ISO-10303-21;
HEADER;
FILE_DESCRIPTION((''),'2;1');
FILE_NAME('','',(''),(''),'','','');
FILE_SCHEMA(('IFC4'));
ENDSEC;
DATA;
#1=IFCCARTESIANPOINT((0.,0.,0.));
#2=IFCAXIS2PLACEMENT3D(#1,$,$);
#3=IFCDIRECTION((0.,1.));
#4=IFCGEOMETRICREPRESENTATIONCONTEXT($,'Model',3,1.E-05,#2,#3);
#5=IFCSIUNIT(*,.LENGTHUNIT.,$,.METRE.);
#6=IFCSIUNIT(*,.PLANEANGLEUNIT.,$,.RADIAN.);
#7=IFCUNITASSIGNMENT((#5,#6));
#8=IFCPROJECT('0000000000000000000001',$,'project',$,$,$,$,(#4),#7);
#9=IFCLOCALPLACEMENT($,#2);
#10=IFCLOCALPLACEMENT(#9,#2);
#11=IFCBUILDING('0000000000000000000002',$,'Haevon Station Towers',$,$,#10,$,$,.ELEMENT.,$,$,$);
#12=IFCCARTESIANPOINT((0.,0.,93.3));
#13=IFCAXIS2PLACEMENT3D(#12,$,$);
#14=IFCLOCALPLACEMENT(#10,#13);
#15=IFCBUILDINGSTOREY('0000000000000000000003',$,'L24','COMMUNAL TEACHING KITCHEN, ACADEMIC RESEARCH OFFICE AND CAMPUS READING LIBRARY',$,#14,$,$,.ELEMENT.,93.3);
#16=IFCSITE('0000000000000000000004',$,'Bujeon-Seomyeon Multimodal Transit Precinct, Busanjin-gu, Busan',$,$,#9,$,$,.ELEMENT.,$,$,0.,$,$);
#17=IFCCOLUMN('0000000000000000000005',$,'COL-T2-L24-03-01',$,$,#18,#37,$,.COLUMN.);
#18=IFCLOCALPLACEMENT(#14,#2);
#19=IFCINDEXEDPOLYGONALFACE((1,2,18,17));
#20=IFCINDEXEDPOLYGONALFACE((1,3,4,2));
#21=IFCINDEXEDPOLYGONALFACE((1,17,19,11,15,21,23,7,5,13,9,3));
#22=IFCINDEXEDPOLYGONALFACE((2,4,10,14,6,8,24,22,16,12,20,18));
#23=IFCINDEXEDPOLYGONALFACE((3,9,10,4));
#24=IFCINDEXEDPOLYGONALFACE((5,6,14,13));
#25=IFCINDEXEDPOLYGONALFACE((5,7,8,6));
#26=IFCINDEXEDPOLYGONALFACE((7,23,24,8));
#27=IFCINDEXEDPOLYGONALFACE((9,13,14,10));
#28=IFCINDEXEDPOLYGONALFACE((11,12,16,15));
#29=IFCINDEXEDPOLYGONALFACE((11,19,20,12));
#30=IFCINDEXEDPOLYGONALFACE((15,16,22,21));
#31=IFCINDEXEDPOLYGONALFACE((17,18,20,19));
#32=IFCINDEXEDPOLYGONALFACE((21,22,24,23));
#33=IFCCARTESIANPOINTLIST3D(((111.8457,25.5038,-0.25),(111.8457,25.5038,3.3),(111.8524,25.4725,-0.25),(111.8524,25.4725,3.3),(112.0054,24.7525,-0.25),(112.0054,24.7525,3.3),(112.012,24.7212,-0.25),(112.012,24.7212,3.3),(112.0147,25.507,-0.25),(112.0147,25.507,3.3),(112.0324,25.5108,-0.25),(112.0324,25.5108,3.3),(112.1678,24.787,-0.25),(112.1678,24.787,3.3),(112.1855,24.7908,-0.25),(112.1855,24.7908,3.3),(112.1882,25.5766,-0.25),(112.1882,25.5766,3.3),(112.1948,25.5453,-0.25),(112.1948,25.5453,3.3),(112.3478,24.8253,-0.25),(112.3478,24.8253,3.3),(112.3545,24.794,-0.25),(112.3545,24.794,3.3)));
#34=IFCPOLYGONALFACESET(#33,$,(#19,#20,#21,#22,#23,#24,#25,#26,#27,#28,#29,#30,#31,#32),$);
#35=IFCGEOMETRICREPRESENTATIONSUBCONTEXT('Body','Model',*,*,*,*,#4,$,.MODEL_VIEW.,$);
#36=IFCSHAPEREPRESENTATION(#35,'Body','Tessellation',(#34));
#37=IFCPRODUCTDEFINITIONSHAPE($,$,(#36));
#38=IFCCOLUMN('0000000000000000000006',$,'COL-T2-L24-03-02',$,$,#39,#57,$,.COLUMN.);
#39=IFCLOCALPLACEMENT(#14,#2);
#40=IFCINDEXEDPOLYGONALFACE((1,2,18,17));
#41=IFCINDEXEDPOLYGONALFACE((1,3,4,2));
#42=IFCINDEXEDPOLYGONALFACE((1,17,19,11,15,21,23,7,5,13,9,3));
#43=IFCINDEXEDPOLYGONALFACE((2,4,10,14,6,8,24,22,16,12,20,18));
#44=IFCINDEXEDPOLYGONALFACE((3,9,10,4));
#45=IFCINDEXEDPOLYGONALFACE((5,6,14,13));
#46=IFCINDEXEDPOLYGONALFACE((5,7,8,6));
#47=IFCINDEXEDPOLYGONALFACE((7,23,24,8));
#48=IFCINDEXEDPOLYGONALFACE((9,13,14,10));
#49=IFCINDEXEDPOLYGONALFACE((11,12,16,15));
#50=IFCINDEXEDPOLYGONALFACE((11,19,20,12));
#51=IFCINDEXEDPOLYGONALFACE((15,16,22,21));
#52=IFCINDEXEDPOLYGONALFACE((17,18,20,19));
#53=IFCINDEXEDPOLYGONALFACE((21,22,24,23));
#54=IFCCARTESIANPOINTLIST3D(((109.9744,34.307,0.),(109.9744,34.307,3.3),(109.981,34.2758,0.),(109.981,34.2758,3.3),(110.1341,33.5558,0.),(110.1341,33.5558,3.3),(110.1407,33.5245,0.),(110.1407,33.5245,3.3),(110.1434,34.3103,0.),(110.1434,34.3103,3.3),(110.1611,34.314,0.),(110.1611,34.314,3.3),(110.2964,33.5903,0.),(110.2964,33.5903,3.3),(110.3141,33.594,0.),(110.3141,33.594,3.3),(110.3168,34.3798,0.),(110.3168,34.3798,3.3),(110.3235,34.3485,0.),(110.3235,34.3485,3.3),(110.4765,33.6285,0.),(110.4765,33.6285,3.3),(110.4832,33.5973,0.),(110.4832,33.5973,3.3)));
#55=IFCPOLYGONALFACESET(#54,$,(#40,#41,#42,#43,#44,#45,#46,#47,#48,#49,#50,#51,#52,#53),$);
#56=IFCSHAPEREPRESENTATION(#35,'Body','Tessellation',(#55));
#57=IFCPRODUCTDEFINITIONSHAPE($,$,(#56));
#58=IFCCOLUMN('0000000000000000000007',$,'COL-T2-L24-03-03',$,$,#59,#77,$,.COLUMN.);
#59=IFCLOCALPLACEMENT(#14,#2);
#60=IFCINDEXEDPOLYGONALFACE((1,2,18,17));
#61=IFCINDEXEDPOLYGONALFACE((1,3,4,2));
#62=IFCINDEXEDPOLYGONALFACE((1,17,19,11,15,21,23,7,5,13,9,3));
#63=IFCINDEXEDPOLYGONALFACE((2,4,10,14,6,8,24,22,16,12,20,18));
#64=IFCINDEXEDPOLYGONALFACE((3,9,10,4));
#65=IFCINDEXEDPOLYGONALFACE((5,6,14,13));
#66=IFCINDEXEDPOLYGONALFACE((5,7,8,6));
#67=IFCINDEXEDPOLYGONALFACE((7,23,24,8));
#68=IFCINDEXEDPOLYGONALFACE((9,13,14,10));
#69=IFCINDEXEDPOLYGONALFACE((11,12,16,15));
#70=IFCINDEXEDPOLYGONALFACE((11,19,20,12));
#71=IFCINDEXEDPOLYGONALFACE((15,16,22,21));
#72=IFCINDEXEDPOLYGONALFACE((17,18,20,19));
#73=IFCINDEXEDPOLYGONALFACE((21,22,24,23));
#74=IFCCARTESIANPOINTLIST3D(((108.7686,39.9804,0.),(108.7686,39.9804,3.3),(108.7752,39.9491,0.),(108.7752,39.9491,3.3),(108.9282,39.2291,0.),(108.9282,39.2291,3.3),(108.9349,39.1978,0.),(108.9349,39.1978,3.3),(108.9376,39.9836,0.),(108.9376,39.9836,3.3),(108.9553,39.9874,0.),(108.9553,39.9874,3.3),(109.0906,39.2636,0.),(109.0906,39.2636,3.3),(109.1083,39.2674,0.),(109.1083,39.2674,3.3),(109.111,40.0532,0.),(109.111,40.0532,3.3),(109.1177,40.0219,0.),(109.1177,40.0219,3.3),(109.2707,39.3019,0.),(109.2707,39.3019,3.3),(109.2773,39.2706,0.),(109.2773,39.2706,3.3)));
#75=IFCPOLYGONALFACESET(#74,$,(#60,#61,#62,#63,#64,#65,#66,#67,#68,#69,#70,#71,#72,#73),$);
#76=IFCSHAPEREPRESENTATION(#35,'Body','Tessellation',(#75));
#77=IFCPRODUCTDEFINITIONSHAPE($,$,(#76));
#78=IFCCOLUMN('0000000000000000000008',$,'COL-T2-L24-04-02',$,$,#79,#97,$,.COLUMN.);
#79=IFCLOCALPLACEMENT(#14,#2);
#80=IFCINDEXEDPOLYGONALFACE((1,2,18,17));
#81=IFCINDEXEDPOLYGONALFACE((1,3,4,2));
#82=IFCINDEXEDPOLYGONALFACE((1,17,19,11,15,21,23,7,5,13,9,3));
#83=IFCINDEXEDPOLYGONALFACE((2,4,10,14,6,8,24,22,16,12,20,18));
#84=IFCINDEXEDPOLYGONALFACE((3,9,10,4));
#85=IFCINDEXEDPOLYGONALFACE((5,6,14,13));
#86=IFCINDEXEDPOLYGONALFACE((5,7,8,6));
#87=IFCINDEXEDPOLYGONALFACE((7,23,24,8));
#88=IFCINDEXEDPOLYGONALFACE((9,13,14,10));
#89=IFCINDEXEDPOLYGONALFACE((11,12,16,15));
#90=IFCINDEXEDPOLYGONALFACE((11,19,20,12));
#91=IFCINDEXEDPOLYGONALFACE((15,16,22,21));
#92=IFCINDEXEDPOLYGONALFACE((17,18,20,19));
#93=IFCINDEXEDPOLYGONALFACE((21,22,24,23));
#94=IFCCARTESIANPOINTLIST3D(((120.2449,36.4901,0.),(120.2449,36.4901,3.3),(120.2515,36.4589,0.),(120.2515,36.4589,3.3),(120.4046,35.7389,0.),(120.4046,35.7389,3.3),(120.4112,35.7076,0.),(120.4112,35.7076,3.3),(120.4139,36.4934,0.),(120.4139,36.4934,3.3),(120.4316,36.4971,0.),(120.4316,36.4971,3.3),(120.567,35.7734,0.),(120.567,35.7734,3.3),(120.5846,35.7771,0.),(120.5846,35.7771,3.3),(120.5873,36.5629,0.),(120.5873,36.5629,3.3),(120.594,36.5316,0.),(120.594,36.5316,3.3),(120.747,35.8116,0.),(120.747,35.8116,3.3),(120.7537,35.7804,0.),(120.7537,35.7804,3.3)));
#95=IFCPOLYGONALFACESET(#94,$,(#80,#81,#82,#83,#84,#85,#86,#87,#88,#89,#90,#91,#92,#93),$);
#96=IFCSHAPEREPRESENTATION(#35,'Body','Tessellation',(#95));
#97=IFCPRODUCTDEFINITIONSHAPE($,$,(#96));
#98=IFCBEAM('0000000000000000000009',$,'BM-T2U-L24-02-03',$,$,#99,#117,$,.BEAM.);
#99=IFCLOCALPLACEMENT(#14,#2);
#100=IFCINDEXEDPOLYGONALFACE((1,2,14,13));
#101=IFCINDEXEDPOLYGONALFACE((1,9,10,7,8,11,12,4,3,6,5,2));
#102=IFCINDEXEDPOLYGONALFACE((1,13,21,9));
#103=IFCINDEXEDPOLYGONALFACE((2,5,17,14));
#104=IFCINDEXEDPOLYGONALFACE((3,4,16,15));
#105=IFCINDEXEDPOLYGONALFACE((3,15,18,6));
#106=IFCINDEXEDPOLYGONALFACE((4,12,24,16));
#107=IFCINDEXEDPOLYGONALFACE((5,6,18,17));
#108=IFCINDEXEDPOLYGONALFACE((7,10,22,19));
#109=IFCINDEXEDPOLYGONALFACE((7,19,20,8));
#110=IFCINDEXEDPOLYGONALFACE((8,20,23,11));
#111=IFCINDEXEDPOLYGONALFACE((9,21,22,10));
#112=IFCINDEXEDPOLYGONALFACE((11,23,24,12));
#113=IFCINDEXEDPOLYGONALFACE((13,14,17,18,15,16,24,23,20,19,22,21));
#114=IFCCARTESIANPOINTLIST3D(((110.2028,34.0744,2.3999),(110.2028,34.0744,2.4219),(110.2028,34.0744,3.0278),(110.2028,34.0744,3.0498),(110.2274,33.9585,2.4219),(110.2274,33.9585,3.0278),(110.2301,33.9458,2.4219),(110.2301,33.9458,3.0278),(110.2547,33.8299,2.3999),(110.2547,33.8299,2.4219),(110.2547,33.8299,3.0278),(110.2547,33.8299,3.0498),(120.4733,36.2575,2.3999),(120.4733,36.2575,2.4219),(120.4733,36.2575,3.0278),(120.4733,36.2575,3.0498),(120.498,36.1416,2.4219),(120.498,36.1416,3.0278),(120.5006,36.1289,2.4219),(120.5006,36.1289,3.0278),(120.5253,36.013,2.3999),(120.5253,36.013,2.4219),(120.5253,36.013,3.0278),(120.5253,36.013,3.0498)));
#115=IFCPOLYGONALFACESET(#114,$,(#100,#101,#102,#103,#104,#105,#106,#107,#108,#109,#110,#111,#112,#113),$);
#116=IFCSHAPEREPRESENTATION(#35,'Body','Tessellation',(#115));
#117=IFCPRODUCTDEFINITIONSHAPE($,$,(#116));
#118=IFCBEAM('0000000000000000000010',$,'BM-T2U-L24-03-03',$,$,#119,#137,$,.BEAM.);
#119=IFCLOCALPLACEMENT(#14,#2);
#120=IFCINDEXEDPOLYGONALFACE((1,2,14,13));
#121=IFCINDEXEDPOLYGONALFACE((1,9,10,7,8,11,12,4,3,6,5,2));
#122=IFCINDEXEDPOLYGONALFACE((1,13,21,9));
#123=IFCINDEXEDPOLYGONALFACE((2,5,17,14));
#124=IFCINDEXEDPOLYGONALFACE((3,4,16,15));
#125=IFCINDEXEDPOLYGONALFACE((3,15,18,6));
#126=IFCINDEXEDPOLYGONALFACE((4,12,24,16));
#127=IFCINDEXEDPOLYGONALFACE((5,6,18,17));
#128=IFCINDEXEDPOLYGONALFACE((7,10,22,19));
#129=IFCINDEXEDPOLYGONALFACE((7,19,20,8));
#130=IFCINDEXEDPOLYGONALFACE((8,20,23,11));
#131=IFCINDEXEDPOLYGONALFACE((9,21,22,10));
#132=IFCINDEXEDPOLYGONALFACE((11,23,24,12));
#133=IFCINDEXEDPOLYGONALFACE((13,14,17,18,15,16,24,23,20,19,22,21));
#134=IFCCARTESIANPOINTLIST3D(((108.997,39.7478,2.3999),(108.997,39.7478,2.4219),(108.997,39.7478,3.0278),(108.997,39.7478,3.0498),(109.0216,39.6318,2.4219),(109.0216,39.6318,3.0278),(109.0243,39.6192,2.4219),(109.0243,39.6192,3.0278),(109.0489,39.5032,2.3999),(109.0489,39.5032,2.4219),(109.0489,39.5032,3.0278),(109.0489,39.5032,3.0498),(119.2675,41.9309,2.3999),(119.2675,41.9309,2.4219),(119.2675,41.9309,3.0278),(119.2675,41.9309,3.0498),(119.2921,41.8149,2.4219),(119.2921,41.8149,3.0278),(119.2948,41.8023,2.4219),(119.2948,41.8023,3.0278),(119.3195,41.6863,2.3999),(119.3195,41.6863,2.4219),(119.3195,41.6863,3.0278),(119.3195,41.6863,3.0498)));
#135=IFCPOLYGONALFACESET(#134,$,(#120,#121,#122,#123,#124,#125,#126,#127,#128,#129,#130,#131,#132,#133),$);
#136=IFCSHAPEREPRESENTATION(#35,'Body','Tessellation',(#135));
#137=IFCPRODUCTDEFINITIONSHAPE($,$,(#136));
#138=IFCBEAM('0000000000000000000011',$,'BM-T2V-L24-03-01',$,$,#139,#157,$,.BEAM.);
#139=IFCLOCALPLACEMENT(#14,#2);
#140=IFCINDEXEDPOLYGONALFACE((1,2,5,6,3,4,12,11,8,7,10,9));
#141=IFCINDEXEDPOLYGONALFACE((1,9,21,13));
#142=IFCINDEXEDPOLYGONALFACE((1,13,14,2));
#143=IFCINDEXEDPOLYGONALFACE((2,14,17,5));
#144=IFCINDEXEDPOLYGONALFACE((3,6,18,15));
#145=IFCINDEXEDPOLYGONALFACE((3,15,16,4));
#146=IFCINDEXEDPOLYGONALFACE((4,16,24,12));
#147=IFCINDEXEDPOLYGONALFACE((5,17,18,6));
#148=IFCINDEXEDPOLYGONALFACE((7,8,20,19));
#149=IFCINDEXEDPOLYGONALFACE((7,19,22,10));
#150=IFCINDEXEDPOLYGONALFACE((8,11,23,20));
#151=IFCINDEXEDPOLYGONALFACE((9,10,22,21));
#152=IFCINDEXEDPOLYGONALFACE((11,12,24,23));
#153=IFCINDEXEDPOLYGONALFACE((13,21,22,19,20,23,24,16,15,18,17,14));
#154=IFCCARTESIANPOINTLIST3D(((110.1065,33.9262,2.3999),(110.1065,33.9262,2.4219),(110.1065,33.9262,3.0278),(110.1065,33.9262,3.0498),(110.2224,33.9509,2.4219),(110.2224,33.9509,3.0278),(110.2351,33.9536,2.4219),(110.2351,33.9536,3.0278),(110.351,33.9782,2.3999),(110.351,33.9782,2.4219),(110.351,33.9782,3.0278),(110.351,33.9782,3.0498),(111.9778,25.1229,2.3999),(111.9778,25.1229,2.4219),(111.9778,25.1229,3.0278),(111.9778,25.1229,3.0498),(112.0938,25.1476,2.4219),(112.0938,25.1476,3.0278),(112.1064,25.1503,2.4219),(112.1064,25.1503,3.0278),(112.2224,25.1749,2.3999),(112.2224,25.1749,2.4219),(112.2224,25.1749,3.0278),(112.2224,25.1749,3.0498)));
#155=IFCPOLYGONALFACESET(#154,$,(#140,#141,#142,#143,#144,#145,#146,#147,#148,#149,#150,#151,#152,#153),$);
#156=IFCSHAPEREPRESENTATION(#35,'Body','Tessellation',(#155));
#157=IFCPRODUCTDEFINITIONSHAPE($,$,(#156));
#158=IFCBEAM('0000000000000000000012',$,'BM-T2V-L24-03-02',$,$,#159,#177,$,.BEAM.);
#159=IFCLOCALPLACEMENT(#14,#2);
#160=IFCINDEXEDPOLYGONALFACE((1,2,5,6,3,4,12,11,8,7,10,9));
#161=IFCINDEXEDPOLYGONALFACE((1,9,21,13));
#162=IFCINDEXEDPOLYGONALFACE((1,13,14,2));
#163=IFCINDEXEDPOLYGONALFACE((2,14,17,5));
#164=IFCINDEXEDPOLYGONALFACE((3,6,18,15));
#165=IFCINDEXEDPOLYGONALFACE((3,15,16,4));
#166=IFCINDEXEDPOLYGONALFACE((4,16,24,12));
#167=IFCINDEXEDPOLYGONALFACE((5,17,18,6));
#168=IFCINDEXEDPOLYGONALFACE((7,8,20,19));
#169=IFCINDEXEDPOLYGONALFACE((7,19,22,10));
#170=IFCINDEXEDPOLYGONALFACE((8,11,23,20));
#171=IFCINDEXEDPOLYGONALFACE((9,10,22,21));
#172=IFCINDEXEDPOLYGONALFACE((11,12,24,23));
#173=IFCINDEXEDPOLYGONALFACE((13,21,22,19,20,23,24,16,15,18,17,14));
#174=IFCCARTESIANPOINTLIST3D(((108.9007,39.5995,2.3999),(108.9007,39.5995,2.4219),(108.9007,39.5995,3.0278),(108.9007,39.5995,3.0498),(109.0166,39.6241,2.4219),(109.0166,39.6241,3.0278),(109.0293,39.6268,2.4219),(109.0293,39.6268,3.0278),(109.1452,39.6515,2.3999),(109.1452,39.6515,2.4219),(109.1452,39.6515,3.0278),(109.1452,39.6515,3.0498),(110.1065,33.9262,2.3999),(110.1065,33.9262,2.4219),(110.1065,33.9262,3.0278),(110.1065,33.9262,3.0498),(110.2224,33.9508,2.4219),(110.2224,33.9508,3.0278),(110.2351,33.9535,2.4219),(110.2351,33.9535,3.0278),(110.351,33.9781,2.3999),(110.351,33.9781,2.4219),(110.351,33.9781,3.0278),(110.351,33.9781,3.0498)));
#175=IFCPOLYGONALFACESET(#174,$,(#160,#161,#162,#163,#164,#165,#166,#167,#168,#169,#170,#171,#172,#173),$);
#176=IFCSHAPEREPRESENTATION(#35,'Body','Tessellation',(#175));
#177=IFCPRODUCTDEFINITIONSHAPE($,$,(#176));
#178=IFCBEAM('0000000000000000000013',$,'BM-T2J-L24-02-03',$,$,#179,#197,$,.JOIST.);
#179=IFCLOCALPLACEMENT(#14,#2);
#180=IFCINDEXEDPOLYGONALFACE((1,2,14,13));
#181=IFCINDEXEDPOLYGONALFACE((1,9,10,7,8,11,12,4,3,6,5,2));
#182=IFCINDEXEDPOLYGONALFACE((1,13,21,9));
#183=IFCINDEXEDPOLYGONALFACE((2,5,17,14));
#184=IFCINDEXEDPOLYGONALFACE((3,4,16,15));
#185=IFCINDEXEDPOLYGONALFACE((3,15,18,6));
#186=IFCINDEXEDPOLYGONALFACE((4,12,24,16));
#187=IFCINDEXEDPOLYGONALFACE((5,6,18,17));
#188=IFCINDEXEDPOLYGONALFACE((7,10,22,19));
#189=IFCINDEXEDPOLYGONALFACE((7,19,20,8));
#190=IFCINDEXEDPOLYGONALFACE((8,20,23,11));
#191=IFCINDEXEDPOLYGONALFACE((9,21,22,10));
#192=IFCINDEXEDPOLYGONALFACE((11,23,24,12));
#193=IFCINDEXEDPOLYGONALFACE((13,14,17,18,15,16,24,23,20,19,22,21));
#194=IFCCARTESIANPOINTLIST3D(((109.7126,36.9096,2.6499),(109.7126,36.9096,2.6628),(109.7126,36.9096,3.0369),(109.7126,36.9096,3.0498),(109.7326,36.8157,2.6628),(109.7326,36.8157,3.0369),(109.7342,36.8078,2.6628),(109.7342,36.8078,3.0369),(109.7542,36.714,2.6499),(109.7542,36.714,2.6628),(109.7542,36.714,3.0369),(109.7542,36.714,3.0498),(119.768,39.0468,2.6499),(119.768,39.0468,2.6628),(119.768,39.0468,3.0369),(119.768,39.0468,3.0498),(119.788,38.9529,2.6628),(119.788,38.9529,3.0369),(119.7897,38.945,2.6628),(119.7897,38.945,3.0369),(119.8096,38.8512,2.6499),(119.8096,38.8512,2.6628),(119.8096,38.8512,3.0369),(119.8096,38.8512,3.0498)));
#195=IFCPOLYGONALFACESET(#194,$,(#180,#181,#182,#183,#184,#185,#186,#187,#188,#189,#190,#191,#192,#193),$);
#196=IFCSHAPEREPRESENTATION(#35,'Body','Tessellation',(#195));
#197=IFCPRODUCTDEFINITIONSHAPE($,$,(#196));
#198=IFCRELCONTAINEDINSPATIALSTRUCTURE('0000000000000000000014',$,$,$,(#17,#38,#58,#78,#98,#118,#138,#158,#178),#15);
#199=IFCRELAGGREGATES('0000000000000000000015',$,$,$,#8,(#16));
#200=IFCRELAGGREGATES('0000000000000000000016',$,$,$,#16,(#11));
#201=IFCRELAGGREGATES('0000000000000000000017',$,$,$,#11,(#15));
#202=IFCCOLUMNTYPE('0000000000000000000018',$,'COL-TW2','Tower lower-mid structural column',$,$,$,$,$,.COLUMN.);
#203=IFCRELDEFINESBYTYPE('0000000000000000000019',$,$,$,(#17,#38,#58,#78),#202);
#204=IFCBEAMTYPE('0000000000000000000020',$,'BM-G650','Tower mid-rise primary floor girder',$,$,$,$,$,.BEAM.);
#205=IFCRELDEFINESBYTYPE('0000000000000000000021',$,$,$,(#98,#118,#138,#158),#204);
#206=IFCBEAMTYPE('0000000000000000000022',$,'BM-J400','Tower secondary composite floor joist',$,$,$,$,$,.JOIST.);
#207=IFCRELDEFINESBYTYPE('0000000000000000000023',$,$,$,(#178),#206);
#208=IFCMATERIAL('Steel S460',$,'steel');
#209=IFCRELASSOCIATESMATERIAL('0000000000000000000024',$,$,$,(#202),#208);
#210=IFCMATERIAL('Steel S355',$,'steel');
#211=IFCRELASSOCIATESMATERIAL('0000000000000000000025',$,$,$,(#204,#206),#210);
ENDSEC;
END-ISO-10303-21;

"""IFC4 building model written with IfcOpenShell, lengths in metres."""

from ifc_helpers import new_model, si_unit, direction, frame, origin, origin_2d, place, context, subcontext, project, spatial, i_section, extrude, material, material_profile, profile_set, type_object, element, save


model = new_model("IFC4")

# Units and contexts
model_context = context("Model", 3, precision=1e-05, world=origin(), true_north=direction((0.0, 1.0)))
body_context = subcontext(model_context, "Body", "Model", "MODEL_VIEW")
ifc_project = project(units=[si_unit("LENGTHUNIT", "METRE"), si_unit("PLANEANGLEUNIT", "RADIAN")], contexts=[model_context])

# Site, building, storey
site_placement = place(None, origin())
site = spatial("IfcSite", under=ifc_project, at=site_placement, Name="Bujeon-Seomyeon Multimodal Transit Precinct, Busanjin-gu, Busan", CompositionType="ELEMENT", RefElevation=0.0)
building_placement = place(site_placement, origin())
building = spatial("IfcBuilding", under=site, at=building_placement, Name="Haevon Station Towers", CompositionType="ELEMENT")
storey_placement = place(building_placement, frame((0.0, 0.0, 93.3)))
storey = spatial("IfcBuildingStorey", under=building, at=storey_placement, Name="L24", Description="COMMUNAL TEACHING KITCHEN, ACADEMIC RESEARCH OFFICE AND CAMPUS READING LIBRARY", CompositionType="ELEMENT", Elevation=93.3)

# Columns
ifc_material_1 = material(Name="Steel S460", Category="steel")
ifc_material_profile_1 = material_profile(ifc_material_1, i_section(OverallWidth=0.3501, OverallDepth=0.8, WebThickness=0.0181, FlangeThickness=0.032, at=origin_2d()), Name="H-800x350x18x32")
ifc_profile_set_1 = profile_set([ifc_material_profile_1], Name="Steel S460")
column_type = type_object("IfcColumnType", Name="COL-TW2", Description="Tower lower-mid structural column", PredefinedType="COLUMN", material=ifc_profile_set_1)
column_placement = place(storey_placement, frame((112.1001, 25.1489, -0.25), z_axis=(0.0, 0.0, 1.0), x_axis=(0.978148, 0.207912, 0.0)))
element("IfcColumn", 1, at=column_placement, inside=storey, type_object=column_type, Name="COL-T2-L24-03-01", PredefinedType="COLUMN", context=body_context, shape_type="SweptSolid", body=[
    extrude(i_section(OverallWidth=0.3501, OverallDepth=0.8, WebThickness=0.0181, FlangeThickness=0.032, at=origin_2d()), origin(), (0.0, 0.0, 1.0), 3.55),
])
for number, where, z_axis, x_axis, name in (
    (2, (110.2288, 33.9521, 0.0), (0.0, 0.0, 1.0), (0.978148, 0.207912, 0.0), "COL-T2-L24-03-02"),
    (3, (109.0229, 39.6255, 0.0), (0.0, 0.0, 1.0), (0.978148, 0.207912, 0.0), "COL-T2-L24-03-03"),
    (4, (120.4993, 36.1353, 0.0), (0.0, 0.0, 1.0), (0.978148, 0.207912, 0.0), "COL-T2-L24-04-02"),
):
    element("IfcColumn", number, at=place(storey_placement, frame(where, z_axis=z_axis, x_axis=x_axis)), inside=storey, type_object=column_type, Name=name, PredefinedType="COLUMN", context=body_context, shape_type="SweptSolid", body=[
        extrude(i_section(OverallWidth=0.3501, OverallDepth=0.8, WebThickness=0.0181, FlangeThickness=0.032, at=origin_2d()), origin(), (0.0, 0.0, 1.0), 3.3),
    ])

# Beams
ifc_material_2 = material(Name="Steel S355", Category="steel")
ifc_material_profile_2 = material_profile(ifc_material_2, i_section(OverallWidth=0.25, OverallDepth=0.6499, WebThickness=0.0129, FlangeThickness=0.022, at=origin_2d()), Name="H-650x250x13x22")
ifc_profile_set_2 = profile_set([ifc_material_profile_2], Name="Steel S355")
beam_type_1 = type_object("IfcBeamType", Name="BM-G650", Description="Tower mid-rise primary floor girder", PredefinedType="BEAM", material=ifc_profile_set_2)
for number, where, z_axis, x_axis, name in (
    (5, (110.2288, 33.9521, 2.7249), (0.978147, 0.207915, 0.0), (-0.207915, 0.978147, 0.0), "BM-T2U-L24-02-03"),
    (6, (109.0229, 39.6255, 2.7249), (0.978147, 0.207915, 0.0), (-0.207915, 0.978147, 0.0), "BM-T2U-L24-03-03"),
):
    element("IfcBeam", number, at=place(storey_placement, frame(where, z_axis=z_axis, x_axis=x_axis)), inside=storey, type_object=beam_type_1, Name=name, PredefinedType="BEAM", context=body_context, shape_type="SweptSolid", body=[
        extrude(i_section(OverallWidth=0.25, OverallDepth=0.6499, WebThickness=0.0129, FlangeThickness=0.022, at=origin_2d()), origin(), (0.0, 0.0, 1.0), 10.5),
    ])
beam_1_placement = place(storey_placement, frame((112.1001, 25.1489, 2.7249), z_axis=(-0.207928, 0.978144, 0.0), x_axis=(-0.978144, -0.207928, 0.0)))
element("IfcBeam", 7, at=beam_1_placement, inside=storey, type_object=beam_type_1, Name="BM-T2V-L24-03-01", PredefinedType="BEAM", context=body_context, shape_type="SweptSolid", body=[
    extrude(i_section(OverallWidth=0.25, OverallDepth=0.6499, WebThickness=0.0129, FlangeThickness=0.022, at=origin_2d()), origin(), (0.0, 0.0, 1.0), 9.0),
])
beam_2_placement = place(storey_placement, frame((110.2288, 33.9521, 2.7249), z_axis=(-0.207896, 0.978151, 0.0), x_axis=(-0.978151, -0.207896, 0.0)))
element("IfcBeam", 8, at=beam_2_placement, inside=storey, type_object=beam_type_1, Name="BM-T2V-L24-03-02", PredefinedType="BEAM", context=body_context, shape_type="SweptSolid", body=[
    extrude(i_section(OverallWidth=0.25, OverallDepth=0.6499, WebThickness=0.0129, FlangeThickness=0.022, at=origin_2d()), origin(), (0.0, 0.0, 1.0), 5.8),
])
ifc_material_profile_3 = material_profile(ifc_material_2, i_section(OverallWidth=0.2, OverallDepth=0.3999, WebThickness=0.0081, FlangeThickness=0.0129, at=origin_2d()), Name="H-400x200x8x13")
ifc_profile_set_3 = profile_set([ifc_material_profile_3], Name="Steel S355")
beam_type_2 = type_object("IfcBeamType", Name="BM-J400", Description="Tower secondary composite floor joist", PredefinedType="JOIST", material=ifc_profile_set_3)
beam_3_placement = place(storey_placement, frame((109.7334, 36.8118, 2.8499), z_axis=(0.97815, 0.207899, 0.0), x_axis=(-0.207899, 0.97815, 0.0)))
element("IfcBeam", 9, at=beam_3_placement, inside=storey, type_object=beam_type_2, Name="BM-T2J-L24-02-03", PredefinedType="JOIST", context=body_context, shape_type="SweptSolid", body=[
    extrude(i_section(OverallWidth=0.2, OverallDepth=0.3999, WebThickness=0.0081, FlangeThickness=0.0129, at=origin_2d()), origin(), (0.0, 0.0, 1.0), 10.28),
])

save(model, "model.ifc")
